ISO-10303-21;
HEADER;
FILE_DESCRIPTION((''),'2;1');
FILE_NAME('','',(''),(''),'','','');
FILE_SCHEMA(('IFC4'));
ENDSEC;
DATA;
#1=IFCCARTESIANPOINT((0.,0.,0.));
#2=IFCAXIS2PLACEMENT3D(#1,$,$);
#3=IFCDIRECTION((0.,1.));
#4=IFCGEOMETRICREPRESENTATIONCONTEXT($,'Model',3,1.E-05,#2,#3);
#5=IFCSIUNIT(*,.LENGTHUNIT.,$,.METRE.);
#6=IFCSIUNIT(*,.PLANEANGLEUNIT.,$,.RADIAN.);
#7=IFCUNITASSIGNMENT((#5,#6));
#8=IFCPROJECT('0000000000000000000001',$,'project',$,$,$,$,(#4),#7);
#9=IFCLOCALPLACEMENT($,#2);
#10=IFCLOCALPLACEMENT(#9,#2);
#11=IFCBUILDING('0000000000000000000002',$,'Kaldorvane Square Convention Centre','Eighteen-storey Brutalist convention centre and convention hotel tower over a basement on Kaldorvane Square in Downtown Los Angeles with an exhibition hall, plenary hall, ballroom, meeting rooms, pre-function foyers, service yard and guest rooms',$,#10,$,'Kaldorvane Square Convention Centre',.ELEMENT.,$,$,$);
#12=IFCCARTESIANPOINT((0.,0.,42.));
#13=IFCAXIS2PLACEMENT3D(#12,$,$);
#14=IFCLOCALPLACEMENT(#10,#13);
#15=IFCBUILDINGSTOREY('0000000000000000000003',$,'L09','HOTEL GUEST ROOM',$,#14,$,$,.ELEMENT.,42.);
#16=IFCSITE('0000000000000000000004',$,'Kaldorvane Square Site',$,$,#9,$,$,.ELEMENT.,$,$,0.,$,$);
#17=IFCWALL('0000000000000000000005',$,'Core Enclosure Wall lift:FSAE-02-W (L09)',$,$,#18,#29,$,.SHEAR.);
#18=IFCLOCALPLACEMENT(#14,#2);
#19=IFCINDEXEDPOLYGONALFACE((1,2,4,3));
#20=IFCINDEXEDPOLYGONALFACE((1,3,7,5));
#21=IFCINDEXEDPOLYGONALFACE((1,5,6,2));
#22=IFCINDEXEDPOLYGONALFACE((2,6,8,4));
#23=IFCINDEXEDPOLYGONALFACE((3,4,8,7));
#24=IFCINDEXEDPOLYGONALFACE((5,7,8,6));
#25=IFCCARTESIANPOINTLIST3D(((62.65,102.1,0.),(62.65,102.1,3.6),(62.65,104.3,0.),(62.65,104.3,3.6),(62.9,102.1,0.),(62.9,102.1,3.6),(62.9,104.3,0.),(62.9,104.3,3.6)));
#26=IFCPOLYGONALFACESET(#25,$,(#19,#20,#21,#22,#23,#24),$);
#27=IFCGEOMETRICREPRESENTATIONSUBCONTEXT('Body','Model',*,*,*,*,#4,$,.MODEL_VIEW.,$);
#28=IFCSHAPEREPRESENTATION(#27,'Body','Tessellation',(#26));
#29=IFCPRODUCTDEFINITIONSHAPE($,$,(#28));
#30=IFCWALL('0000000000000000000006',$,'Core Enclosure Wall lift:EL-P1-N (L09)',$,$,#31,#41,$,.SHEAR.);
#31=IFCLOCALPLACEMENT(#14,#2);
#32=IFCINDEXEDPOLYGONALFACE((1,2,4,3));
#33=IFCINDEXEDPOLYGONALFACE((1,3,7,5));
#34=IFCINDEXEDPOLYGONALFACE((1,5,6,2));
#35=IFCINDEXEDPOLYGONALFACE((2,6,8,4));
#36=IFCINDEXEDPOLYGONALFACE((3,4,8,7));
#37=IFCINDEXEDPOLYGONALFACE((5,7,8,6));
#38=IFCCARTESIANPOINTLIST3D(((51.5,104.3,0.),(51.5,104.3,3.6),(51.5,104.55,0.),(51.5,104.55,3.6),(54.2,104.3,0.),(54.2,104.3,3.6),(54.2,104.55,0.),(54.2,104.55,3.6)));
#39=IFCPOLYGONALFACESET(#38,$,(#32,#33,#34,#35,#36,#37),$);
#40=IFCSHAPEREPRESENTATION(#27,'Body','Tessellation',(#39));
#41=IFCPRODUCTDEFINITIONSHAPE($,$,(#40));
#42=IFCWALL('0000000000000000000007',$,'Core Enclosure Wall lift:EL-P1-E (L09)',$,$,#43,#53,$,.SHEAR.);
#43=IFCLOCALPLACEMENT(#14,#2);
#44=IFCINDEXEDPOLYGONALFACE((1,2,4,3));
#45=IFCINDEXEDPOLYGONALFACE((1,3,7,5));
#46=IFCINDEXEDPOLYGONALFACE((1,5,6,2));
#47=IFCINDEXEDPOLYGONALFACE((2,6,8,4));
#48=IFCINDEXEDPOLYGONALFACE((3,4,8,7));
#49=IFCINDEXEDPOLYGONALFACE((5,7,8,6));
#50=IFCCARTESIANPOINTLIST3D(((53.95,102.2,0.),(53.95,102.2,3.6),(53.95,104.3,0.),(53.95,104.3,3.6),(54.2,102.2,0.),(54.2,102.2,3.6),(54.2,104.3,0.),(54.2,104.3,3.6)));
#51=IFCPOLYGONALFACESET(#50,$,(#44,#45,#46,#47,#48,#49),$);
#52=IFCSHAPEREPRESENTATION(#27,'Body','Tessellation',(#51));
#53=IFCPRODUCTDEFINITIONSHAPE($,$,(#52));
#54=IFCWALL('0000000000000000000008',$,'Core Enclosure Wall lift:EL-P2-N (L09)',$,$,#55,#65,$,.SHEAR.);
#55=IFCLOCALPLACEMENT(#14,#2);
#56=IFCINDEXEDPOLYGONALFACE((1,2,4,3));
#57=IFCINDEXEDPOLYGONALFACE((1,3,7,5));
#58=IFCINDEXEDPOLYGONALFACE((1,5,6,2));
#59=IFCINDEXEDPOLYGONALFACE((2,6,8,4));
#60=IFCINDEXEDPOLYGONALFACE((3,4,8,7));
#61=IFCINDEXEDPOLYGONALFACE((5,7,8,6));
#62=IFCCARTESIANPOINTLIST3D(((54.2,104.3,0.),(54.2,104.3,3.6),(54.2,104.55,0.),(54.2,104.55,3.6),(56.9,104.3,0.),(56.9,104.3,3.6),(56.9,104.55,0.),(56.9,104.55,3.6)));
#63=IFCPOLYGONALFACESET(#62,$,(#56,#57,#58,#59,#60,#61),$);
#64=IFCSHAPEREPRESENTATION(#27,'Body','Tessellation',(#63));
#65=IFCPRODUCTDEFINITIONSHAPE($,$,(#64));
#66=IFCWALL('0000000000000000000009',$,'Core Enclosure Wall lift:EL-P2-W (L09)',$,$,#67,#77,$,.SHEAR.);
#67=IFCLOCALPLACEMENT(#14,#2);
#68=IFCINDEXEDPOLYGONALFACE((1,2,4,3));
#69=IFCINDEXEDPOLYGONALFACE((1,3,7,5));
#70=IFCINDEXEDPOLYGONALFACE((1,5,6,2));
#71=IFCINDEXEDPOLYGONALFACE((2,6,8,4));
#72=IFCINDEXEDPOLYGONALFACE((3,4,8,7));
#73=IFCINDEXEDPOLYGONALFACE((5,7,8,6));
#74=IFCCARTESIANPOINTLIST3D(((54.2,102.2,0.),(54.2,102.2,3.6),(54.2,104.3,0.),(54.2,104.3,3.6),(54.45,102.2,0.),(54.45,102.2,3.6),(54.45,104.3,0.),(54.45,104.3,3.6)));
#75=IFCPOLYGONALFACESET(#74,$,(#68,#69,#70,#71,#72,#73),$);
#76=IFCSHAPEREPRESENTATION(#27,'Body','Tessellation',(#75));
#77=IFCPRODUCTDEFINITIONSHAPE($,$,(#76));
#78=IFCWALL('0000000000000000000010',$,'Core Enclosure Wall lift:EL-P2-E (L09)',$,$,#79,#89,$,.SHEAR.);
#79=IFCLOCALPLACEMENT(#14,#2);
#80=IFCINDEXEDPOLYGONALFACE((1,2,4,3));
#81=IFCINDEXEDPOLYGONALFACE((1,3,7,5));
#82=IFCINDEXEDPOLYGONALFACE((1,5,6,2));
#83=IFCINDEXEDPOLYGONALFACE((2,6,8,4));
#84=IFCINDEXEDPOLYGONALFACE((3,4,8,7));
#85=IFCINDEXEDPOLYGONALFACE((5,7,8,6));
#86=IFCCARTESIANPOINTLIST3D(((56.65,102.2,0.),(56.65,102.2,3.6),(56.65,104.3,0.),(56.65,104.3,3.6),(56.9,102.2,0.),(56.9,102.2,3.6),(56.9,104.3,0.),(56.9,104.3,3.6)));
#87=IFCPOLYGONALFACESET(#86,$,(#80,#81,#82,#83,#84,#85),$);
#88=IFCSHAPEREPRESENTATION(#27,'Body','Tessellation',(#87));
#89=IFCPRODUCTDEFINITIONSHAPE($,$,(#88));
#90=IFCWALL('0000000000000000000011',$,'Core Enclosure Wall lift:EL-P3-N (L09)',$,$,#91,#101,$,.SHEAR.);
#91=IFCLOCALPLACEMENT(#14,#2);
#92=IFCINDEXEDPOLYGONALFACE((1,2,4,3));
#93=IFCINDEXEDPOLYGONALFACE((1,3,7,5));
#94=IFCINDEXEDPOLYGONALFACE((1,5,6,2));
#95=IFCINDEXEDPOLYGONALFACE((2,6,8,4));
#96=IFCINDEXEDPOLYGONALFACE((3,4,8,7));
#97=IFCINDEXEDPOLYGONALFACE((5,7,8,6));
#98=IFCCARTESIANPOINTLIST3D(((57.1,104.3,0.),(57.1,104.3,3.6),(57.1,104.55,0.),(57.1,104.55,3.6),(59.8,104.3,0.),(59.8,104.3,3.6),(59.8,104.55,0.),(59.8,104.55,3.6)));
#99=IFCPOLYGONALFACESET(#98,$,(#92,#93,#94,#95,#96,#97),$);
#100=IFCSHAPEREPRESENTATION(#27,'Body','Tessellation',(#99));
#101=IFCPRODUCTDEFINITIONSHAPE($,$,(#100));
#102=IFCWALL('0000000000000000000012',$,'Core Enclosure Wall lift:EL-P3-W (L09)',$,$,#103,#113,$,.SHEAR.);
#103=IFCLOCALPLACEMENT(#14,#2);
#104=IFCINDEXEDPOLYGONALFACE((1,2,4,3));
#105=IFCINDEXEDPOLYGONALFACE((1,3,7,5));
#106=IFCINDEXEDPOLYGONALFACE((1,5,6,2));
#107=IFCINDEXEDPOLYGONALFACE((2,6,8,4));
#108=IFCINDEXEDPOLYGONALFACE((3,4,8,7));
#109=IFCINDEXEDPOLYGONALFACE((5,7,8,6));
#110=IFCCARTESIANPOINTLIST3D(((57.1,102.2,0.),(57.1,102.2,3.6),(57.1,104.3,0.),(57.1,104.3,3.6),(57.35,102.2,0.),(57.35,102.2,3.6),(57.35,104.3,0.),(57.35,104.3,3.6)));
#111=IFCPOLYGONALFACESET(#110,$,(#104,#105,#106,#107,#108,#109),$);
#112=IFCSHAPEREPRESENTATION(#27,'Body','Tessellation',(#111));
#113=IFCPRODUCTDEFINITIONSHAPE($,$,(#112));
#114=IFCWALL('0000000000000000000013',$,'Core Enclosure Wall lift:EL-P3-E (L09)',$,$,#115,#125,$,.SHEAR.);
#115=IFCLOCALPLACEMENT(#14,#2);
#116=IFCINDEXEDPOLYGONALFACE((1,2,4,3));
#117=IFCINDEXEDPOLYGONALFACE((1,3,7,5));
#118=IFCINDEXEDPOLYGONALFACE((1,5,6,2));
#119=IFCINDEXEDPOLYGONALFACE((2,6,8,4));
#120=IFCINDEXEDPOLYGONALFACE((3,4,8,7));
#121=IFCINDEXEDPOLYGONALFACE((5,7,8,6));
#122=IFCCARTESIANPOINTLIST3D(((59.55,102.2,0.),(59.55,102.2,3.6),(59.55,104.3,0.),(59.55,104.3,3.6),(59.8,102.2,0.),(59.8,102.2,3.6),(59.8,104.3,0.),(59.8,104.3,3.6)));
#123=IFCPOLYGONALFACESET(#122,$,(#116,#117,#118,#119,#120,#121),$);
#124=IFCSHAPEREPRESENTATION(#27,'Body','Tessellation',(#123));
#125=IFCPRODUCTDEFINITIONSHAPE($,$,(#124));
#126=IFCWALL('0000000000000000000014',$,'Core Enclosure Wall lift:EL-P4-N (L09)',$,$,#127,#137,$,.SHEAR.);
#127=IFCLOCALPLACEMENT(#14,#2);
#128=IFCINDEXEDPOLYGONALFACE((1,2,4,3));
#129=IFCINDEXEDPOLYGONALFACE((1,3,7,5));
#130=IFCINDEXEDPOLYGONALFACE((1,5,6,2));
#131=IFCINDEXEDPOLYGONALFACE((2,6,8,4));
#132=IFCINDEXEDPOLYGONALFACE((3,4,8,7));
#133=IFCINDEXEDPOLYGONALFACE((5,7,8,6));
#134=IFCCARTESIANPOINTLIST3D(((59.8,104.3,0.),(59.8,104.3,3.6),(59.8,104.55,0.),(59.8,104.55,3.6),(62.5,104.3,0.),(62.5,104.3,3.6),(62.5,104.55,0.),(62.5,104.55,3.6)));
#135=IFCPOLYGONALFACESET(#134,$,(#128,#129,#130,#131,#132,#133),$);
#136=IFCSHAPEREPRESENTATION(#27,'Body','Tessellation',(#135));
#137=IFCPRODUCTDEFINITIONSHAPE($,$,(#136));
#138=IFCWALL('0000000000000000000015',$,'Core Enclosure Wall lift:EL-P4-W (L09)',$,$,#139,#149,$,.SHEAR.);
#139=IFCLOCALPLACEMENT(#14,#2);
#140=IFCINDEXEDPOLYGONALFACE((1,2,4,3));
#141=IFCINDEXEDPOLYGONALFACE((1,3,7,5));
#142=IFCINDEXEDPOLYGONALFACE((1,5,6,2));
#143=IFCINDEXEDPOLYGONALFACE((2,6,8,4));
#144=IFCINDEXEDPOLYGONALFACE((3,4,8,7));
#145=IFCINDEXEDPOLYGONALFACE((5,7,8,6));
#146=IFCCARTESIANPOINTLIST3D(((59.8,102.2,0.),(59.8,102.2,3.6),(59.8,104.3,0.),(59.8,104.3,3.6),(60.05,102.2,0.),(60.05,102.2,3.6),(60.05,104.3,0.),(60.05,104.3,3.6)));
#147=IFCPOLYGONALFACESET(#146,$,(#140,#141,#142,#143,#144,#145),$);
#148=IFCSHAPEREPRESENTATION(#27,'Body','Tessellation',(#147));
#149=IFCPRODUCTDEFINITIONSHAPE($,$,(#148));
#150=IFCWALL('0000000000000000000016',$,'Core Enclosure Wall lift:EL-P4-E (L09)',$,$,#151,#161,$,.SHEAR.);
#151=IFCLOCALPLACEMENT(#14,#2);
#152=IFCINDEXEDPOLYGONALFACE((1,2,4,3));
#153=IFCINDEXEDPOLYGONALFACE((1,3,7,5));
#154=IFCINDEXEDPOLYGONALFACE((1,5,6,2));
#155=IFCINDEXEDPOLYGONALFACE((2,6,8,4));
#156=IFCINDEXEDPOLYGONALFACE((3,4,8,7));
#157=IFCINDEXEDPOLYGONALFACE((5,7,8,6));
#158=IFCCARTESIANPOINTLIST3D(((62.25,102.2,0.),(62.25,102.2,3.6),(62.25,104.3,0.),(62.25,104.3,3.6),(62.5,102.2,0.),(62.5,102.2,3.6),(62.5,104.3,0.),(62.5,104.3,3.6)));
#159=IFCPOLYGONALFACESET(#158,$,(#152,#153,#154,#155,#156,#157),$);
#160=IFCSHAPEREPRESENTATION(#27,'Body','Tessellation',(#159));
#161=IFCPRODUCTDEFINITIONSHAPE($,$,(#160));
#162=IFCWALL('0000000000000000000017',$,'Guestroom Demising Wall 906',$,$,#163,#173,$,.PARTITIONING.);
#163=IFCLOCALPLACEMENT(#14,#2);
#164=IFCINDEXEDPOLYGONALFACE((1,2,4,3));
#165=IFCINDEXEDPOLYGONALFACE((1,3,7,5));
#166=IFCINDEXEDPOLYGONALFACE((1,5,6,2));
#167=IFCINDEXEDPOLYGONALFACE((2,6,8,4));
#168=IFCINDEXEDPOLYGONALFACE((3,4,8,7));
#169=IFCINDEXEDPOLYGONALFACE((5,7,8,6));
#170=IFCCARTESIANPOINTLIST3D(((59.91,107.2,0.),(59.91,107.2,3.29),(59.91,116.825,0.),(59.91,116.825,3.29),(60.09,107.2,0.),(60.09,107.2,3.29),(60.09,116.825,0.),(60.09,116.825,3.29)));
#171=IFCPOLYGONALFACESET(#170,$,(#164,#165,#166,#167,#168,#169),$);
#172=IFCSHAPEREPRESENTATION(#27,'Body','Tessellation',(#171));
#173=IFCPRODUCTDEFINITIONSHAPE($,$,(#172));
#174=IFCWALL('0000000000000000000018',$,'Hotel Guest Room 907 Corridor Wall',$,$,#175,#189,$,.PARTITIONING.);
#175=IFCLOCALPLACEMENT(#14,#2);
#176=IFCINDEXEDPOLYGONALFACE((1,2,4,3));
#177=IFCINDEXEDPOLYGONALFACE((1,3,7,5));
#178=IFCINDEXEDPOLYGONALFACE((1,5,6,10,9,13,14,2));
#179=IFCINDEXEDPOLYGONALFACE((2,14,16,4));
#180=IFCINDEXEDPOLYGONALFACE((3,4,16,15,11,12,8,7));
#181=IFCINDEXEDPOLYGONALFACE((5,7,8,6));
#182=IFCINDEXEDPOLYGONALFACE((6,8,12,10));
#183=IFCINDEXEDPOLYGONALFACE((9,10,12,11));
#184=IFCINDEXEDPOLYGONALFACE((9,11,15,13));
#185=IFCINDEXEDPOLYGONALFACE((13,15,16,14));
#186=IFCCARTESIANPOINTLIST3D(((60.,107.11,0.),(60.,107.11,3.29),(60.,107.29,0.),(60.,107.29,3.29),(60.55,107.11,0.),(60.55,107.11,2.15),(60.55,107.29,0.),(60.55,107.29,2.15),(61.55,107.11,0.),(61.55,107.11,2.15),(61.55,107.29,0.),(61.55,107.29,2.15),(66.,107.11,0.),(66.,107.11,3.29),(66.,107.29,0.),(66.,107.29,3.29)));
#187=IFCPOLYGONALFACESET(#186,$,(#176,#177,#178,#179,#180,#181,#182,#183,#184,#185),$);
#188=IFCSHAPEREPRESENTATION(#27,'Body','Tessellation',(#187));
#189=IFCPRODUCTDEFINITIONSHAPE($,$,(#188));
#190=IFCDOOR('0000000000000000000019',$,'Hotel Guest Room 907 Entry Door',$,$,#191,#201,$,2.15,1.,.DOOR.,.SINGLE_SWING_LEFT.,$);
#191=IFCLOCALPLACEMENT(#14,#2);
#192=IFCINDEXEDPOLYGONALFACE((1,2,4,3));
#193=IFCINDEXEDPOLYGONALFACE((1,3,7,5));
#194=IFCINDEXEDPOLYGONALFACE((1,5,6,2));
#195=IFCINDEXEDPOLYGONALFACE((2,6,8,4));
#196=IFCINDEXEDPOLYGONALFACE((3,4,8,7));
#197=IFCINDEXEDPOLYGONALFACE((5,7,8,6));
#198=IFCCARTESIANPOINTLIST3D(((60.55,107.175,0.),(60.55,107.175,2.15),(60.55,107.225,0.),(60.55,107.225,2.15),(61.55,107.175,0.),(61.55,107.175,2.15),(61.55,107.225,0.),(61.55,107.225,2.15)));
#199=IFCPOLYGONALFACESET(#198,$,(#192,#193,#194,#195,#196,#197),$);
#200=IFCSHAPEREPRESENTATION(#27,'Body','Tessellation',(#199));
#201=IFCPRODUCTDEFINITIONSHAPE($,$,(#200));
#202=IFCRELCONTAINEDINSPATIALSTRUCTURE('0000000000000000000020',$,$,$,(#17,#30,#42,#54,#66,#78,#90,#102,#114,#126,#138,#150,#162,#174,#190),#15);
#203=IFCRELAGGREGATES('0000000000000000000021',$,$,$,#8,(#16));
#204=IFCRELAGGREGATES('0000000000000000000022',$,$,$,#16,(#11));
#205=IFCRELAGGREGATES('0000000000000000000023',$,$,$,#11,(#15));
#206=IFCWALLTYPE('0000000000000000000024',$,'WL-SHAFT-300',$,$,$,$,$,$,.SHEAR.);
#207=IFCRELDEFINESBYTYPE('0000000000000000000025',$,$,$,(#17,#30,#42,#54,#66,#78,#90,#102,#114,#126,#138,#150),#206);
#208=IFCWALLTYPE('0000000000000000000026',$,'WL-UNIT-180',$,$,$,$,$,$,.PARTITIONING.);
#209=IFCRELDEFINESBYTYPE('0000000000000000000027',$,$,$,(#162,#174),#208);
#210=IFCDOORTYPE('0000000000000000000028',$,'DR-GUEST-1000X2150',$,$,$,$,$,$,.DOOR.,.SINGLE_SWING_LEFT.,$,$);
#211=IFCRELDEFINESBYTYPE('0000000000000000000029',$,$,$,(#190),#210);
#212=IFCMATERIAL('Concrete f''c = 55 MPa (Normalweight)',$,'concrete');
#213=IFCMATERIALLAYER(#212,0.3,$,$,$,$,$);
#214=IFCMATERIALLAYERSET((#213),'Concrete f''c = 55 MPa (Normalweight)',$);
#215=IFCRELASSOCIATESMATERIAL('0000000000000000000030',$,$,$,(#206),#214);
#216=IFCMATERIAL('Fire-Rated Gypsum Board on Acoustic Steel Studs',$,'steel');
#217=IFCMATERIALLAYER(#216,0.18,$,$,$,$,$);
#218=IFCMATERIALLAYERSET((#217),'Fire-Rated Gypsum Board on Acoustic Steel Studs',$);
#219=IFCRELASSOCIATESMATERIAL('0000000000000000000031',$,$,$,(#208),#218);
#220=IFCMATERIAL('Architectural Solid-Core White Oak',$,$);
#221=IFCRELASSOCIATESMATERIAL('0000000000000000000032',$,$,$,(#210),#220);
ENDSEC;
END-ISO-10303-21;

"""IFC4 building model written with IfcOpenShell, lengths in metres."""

from ifc_helpers import new_model, si_unit, direction, frame, frame_2d, origin, place, context, subcontext, project, spatial, rectangle, extrude, material, layer, layer_set, type_object, element, fill, save


model = new_model("IFC4")

# Units and contexts
model_context = context("Model", 3, precision=1e-05, world=origin(), true_north=direction((0.0, 1.0)))
body_context = subcontext(model_context, "Body", "Model", "MODEL_VIEW")
ifc_project = project(units=[si_unit("LENGTHUNIT", "METRE"), si_unit("PLANEANGLEUNIT", "RADIAN")], contexts=[model_context])

# Site, building, storey
site_placement = place(None, origin())
site = spatial("IfcSite", under=ifc_project, at=site_placement, Name="Kaldorvane Square Site", CompositionType="ELEMENT", RefElevation=0.0)
building_placement = place(site_placement, origin())
building = spatial("IfcBuilding", under=site, at=building_placement, Name="Kaldorvane Square Convention Centre", Description="Eighteen-storey Brutalist convention centre and convention hotel tower over a basement on Kaldorvane Square in Downtown Los Angeles with an exhibition hall, plenary hall, ballroom, meeting rooms, pre-function foyers, service yard and guest rooms", LongName="Kaldorvane Square Convention Centre", CompositionType="ELEMENT")
storey_placement = place(building_placement, frame((0.0, 0.0, 42.0)))
storey = spatial("IfcBuildingStorey", under=building, at=storey_placement, Name="L09", Description="HOTEL GUEST ROOM", CompositionType="ELEMENT", Elevation=42.0)

# Shared definitions
ifc_material_1 = material(Name="Fire-Rated Gypsum Board on Acoustic Steel Studs", Category="steel")
ifc_material_2 = material(Name="Architectural Solid-Core White Oak")

# Walls
ifc_material_3 = material(Name="Concrete f'c = 55 MPa (Normalweight)", Category="concrete")
ifc_layer_1 = layer(ifc_material_3, 0.3)
ifc_layer_set_1 = layer_set([ifc_layer_1], Name="Concrete f'c = 55 MPa (Normalweight)")
wall_type_1 = type_object("IfcWallType", Name="WL-SHAFT-300", PredefinedType="SHEAR", material=ifc_layer_set_1)
wall_1_placement = place(storey_placement, frame((62.775, 104.3, 0.0), z_axis=(0.0, 0.0, 1.0), x_axis=(0.0, -1.0, 0.0)))
element("IfcWall", 1, at=wall_1_placement, inside=storey, type_object=wall_type_1, Name="Core Enclosure Wall lift:FSAE-02-W (L09)", PredefinedType="SHEAR", context=body_context, shape_type="SweptSolid", body=[
    extrude(rectangle(XDim=2.2, YDim=0.25, at=frame_2d((1.1, 0.0))), origin(), (0.0, 0.0, 1.0), 3.6),
])
wall_2_placement = place(storey_placement, frame((54.2, 104.425, 0.0), z_axis=(0.0, 0.0, 1.0), x_axis=(-1.0, 0.0, 0.0)))
element("IfcWall", 2, at=wall_2_placement, inside=storey, type_object=wall_type_1, Name="Core Enclosure Wall lift:EL-P1-N (L09)", PredefinedType="SHEAR", context=body_context, shape_type="SweptSolid", body=[
    extrude(rectangle(XDim=2.7, YDim=0.25, at=frame_2d((1.35, 0.0))), origin(), (0.0, 0.0, 1.0), 3.6),
])
wall_3_placement = place(storey_placement, frame((54.075, 102.2, 0.0), z_axis=(0.0, 0.0, 1.0), x_axis=(0.0, 1.0, 0.0)))
element("IfcWall", 3, at=wall_3_placement, inside=storey, type_object=wall_type_1, Name="Core Enclosure Wall lift:EL-P1-E (L09)", PredefinedType="SHEAR", context=body_context, shape_type="SweptSolid", body=[
    extrude(rectangle(XDim=2.1, YDim=0.25, at=frame_2d((1.05, 0.0))), origin(), (0.0, 0.0, 1.0), 3.6),
])
wall_4_placement = place(storey_placement, frame((56.9, 104.425, 0.0), z_axis=(0.0, 0.0, 1.0), x_axis=(-1.0, 0.0, 0.0)))
element("IfcWall", 4, at=wall_4_placement, inside=storey, type_object=wall_type_1, Name="Core Enclosure Wall lift:EL-P2-N (L09)", PredefinedType="SHEAR", context=body_context, shape_type="SweptSolid", body=[
    extrude(rectangle(XDim=2.7, YDim=0.25, at=frame_2d((1.35, 0.0))), origin(), (0.0, 0.0, 1.0), 3.6),
])
for number, where, z_axis, x_axis, name in (
    (5, (54.325, 104.3, 0.0), (0.0, 0.0, 1.0), (0.0, -1.0, 0.0), "Core Enclosure Wall lift:EL-P2-W (L09)"),
    (6, (56.775, 102.2, 0.0), (0.0, 0.0, 1.0), (0.0, 1.0, 0.0), "Core Enclosure Wall lift:EL-P2-E (L09)"),
):
    element("IfcWall", number, at=place(storey_placement, frame(where, z_axis=z_axis, x_axis=x_axis)), inside=storey, type_object=wall_type_1, Name=name, PredefinedType="SHEAR", context=body_context, shape_type="SweptSolid", body=[
        extrude(rectangle(XDim=2.1, YDim=0.25, at=frame_2d((1.05, 0.0))), origin(), (0.0, 0.0, 1.0), 3.6),
    ])
wall_5_placement = place(storey_placement, frame((59.8, 104.425, 0.0), z_axis=(0.0, 0.0, 1.0), x_axis=(-1.0, 0.0, 0.0)))
element("IfcWall", 7, at=wall_5_placement, inside=storey, type_object=wall_type_1, Name="Core Enclosure Wall lift:EL-P3-N (L09)", PredefinedType="SHEAR", context=body_context, shape_type="SweptSolid", body=[
    extrude(rectangle(XDim=2.7, YDim=0.25, at=frame_2d((1.35, 0.0))), origin(), (0.0, 0.0, 1.0), 3.6),
])
for number, where, z_axis, x_axis, name in (
    (8, (57.225, 104.3, 0.0), (0.0, 0.0, 1.0), (0.0, -1.0, 0.0), "Core Enclosure Wall lift:EL-P3-W (L09)"),
    (9, (59.675, 102.2, 0.0), (0.0, 0.0, 1.0), (0.0, 1.0, 0.0), "Core Enclosure Wall lift:EL-P3-E (L09)"),
):
    element("IfcWall", number, at=place(storey_placement, frame(where, z_axis=z_axis, x_axis=x_axis)), inside=storey, type_object=wall_type_1, Name=name, PredefinedType="SHEAR", context=body_context, shape_type="SweptSolid", body=[
        extrude(rectangle(XDim=2.1, YDim=0.25, at=frame_2d((1.05, 0.0))), origin(), (0.0, 0.0, 1.0), 3.6),
    ])
wall_6_placement = place(storey_placement, frame((62.5, 104.425, 0.0), z_axis=(0.0, 0.0, 1.0), x_axis=(-1.0, 0.0, 0.0)))
element("IfcWall", 10, at=wall_6_placement, inside=storey, type_object=wall_type_1, Name="Core Enclosure Wall lift:EL-P4-N (L09)", PredefinedType="SHEAR", context=body_context, shape_type="SweptSolid", body=[
    extrude(rectangle(XDim=2.7, YDim=0.25, at=frame_2d((1.35, 0.0))), origin(), (0.0, 0.0, 1.0), 3.6),
])
for number, where, z_axis, x_axis, name in (
    (11, (59.925, 104.3, 0.0), (0.0, 0.0, 1.0), (0.0, -1.0, 0.0), "Core Enclosure Wall lift:EL-P4-W (L09)"),
    (12, (62.375, 102.2, 0.0), (0.0, 0.0, 1.0), (0.0, 1.0, 0.0), "Core Enclosure Wall lift:EL-P4-E (L09)"),
):
    element("IfcWall", number, at=place(storey_placement, frame(where, z_axis=z_axis, x_axis=x_axis)), inside=storey, type_object=wall_type_1, Name=name, PredefinedType="SHEAR", context=body_context, shape_type="SweptSolid", body=[
        extrude(rectangle(XDim=2.1, YDim=0.25, at=frame_2d((1.05, 0.0))), origin(), (0.0, 0.0, 1.0), 3.6),
    ])
ifc_layer_2 = layer(ifc_material_1, 0.18)
ifc_layer_set_2 = layer_set([ifc_layer_2], Name="Fire-Rated Gypsum Board on Acoustic Steel Studs")
wall_type_2 = type_object("IfcWallType", Name="WL-UNIT-180", PredefinedType="PARTITIONING", material=ifc_layer_set_2)
wall_7_placement = place(storey_placement, frame((60.0, 107.2, 0.0), z_axis=(0.0, 0.0, 1.0), x_axis=(0.0, 1.0, 0.0)))
element("IfcWall", 13, at=wall_7_placement, inside=storey, type_object=wall_type_2, Name="Guestroom Demising Wall 906", PredefinedType="PARTITIONING", context=body_context, shape_type="SweptSolid", body=[
    extrude(rectangle(XDim=9.625, YDim=0.18, at=frame_2d((4.8125, 0.0))), origin(), (0.0, 0.0, 1.0), 3.29),
])

# Wall, opening, door
wall_8_placement = place(storey_placement, frame((60.0, 107.2, 0.0), z_axis=(0.0, 0.0, 1.0), x_axis=(1.0, 0.0, 0.0)))
wall_8 = element("IfcWall", 14, at=wall_8_placement, inside=storey, type_object=wall_type_2, Name="Hotel Guest Room 907 Corridor Wall", PredefinedType="PARTITIONING", context=body_context, shape_type="SweptSolid", body=[
    extrude(rectangle(XDim=6.0, YDim=0.18, at=frame_2d((3.0, 0.0))), origin(), (0.0, 0.0, 1.0), 3.29),
])
opening_1_placement = place(wall_8_placement, frame((0.55, 0.0, 0.0)))
opening_1 = element("IfcOpeningElement", 15, at=opening_1_placement, cuts=wall_8, PredefinedType="OPENING", context=body_context, shape_type="SweptSolid", body=[
    extrude(rectangle(XDim=1.0, YDim=2.15, at=frame_2d((0.5, 1.075))), frame((0.0, 0.105, 0.0), z_axis=(0.0, -1.0, 0.0), x_axis=(1.0, 0.0, 0.0)), (0.0, 0.0, 1.0), 0.21),
])
door_type_1 = type_object("IfcDoorType", Name="DR-GUEST-1000X2150", OperationType="SINGLE_SWING_LEFT", PredefinedType="DOOR", material=ifc_material_2)
door_1_placement = place(opening_1_placement, origin())
door_1 = element("IfcDoor", 16, at=door_1_placement, inside=storey, type_object=door_type_1, Name="Hotel Guest Room 907 Entry Door", OperationType="SINGLE_SWING_LEFT", OverallHeight=2.15, OverallWidth=1.0, PredefinedType="DOOR", context=body_context, shape_type="SweptSolid", body=[
    extrude(rectangle(XDim=1.0, YDim=2.15, at=frame_2d((0.5, 1.075))), frame((0.0, 0.025, 0.0), z_axis=(0.0, -1.0, 0.0), x_axis=(1.0, 0.0, 0.0)), (0.0, 0.0, 1.0), 0.05),
])
fill(opening_1, door_1)

save(model, "model.ifc")
